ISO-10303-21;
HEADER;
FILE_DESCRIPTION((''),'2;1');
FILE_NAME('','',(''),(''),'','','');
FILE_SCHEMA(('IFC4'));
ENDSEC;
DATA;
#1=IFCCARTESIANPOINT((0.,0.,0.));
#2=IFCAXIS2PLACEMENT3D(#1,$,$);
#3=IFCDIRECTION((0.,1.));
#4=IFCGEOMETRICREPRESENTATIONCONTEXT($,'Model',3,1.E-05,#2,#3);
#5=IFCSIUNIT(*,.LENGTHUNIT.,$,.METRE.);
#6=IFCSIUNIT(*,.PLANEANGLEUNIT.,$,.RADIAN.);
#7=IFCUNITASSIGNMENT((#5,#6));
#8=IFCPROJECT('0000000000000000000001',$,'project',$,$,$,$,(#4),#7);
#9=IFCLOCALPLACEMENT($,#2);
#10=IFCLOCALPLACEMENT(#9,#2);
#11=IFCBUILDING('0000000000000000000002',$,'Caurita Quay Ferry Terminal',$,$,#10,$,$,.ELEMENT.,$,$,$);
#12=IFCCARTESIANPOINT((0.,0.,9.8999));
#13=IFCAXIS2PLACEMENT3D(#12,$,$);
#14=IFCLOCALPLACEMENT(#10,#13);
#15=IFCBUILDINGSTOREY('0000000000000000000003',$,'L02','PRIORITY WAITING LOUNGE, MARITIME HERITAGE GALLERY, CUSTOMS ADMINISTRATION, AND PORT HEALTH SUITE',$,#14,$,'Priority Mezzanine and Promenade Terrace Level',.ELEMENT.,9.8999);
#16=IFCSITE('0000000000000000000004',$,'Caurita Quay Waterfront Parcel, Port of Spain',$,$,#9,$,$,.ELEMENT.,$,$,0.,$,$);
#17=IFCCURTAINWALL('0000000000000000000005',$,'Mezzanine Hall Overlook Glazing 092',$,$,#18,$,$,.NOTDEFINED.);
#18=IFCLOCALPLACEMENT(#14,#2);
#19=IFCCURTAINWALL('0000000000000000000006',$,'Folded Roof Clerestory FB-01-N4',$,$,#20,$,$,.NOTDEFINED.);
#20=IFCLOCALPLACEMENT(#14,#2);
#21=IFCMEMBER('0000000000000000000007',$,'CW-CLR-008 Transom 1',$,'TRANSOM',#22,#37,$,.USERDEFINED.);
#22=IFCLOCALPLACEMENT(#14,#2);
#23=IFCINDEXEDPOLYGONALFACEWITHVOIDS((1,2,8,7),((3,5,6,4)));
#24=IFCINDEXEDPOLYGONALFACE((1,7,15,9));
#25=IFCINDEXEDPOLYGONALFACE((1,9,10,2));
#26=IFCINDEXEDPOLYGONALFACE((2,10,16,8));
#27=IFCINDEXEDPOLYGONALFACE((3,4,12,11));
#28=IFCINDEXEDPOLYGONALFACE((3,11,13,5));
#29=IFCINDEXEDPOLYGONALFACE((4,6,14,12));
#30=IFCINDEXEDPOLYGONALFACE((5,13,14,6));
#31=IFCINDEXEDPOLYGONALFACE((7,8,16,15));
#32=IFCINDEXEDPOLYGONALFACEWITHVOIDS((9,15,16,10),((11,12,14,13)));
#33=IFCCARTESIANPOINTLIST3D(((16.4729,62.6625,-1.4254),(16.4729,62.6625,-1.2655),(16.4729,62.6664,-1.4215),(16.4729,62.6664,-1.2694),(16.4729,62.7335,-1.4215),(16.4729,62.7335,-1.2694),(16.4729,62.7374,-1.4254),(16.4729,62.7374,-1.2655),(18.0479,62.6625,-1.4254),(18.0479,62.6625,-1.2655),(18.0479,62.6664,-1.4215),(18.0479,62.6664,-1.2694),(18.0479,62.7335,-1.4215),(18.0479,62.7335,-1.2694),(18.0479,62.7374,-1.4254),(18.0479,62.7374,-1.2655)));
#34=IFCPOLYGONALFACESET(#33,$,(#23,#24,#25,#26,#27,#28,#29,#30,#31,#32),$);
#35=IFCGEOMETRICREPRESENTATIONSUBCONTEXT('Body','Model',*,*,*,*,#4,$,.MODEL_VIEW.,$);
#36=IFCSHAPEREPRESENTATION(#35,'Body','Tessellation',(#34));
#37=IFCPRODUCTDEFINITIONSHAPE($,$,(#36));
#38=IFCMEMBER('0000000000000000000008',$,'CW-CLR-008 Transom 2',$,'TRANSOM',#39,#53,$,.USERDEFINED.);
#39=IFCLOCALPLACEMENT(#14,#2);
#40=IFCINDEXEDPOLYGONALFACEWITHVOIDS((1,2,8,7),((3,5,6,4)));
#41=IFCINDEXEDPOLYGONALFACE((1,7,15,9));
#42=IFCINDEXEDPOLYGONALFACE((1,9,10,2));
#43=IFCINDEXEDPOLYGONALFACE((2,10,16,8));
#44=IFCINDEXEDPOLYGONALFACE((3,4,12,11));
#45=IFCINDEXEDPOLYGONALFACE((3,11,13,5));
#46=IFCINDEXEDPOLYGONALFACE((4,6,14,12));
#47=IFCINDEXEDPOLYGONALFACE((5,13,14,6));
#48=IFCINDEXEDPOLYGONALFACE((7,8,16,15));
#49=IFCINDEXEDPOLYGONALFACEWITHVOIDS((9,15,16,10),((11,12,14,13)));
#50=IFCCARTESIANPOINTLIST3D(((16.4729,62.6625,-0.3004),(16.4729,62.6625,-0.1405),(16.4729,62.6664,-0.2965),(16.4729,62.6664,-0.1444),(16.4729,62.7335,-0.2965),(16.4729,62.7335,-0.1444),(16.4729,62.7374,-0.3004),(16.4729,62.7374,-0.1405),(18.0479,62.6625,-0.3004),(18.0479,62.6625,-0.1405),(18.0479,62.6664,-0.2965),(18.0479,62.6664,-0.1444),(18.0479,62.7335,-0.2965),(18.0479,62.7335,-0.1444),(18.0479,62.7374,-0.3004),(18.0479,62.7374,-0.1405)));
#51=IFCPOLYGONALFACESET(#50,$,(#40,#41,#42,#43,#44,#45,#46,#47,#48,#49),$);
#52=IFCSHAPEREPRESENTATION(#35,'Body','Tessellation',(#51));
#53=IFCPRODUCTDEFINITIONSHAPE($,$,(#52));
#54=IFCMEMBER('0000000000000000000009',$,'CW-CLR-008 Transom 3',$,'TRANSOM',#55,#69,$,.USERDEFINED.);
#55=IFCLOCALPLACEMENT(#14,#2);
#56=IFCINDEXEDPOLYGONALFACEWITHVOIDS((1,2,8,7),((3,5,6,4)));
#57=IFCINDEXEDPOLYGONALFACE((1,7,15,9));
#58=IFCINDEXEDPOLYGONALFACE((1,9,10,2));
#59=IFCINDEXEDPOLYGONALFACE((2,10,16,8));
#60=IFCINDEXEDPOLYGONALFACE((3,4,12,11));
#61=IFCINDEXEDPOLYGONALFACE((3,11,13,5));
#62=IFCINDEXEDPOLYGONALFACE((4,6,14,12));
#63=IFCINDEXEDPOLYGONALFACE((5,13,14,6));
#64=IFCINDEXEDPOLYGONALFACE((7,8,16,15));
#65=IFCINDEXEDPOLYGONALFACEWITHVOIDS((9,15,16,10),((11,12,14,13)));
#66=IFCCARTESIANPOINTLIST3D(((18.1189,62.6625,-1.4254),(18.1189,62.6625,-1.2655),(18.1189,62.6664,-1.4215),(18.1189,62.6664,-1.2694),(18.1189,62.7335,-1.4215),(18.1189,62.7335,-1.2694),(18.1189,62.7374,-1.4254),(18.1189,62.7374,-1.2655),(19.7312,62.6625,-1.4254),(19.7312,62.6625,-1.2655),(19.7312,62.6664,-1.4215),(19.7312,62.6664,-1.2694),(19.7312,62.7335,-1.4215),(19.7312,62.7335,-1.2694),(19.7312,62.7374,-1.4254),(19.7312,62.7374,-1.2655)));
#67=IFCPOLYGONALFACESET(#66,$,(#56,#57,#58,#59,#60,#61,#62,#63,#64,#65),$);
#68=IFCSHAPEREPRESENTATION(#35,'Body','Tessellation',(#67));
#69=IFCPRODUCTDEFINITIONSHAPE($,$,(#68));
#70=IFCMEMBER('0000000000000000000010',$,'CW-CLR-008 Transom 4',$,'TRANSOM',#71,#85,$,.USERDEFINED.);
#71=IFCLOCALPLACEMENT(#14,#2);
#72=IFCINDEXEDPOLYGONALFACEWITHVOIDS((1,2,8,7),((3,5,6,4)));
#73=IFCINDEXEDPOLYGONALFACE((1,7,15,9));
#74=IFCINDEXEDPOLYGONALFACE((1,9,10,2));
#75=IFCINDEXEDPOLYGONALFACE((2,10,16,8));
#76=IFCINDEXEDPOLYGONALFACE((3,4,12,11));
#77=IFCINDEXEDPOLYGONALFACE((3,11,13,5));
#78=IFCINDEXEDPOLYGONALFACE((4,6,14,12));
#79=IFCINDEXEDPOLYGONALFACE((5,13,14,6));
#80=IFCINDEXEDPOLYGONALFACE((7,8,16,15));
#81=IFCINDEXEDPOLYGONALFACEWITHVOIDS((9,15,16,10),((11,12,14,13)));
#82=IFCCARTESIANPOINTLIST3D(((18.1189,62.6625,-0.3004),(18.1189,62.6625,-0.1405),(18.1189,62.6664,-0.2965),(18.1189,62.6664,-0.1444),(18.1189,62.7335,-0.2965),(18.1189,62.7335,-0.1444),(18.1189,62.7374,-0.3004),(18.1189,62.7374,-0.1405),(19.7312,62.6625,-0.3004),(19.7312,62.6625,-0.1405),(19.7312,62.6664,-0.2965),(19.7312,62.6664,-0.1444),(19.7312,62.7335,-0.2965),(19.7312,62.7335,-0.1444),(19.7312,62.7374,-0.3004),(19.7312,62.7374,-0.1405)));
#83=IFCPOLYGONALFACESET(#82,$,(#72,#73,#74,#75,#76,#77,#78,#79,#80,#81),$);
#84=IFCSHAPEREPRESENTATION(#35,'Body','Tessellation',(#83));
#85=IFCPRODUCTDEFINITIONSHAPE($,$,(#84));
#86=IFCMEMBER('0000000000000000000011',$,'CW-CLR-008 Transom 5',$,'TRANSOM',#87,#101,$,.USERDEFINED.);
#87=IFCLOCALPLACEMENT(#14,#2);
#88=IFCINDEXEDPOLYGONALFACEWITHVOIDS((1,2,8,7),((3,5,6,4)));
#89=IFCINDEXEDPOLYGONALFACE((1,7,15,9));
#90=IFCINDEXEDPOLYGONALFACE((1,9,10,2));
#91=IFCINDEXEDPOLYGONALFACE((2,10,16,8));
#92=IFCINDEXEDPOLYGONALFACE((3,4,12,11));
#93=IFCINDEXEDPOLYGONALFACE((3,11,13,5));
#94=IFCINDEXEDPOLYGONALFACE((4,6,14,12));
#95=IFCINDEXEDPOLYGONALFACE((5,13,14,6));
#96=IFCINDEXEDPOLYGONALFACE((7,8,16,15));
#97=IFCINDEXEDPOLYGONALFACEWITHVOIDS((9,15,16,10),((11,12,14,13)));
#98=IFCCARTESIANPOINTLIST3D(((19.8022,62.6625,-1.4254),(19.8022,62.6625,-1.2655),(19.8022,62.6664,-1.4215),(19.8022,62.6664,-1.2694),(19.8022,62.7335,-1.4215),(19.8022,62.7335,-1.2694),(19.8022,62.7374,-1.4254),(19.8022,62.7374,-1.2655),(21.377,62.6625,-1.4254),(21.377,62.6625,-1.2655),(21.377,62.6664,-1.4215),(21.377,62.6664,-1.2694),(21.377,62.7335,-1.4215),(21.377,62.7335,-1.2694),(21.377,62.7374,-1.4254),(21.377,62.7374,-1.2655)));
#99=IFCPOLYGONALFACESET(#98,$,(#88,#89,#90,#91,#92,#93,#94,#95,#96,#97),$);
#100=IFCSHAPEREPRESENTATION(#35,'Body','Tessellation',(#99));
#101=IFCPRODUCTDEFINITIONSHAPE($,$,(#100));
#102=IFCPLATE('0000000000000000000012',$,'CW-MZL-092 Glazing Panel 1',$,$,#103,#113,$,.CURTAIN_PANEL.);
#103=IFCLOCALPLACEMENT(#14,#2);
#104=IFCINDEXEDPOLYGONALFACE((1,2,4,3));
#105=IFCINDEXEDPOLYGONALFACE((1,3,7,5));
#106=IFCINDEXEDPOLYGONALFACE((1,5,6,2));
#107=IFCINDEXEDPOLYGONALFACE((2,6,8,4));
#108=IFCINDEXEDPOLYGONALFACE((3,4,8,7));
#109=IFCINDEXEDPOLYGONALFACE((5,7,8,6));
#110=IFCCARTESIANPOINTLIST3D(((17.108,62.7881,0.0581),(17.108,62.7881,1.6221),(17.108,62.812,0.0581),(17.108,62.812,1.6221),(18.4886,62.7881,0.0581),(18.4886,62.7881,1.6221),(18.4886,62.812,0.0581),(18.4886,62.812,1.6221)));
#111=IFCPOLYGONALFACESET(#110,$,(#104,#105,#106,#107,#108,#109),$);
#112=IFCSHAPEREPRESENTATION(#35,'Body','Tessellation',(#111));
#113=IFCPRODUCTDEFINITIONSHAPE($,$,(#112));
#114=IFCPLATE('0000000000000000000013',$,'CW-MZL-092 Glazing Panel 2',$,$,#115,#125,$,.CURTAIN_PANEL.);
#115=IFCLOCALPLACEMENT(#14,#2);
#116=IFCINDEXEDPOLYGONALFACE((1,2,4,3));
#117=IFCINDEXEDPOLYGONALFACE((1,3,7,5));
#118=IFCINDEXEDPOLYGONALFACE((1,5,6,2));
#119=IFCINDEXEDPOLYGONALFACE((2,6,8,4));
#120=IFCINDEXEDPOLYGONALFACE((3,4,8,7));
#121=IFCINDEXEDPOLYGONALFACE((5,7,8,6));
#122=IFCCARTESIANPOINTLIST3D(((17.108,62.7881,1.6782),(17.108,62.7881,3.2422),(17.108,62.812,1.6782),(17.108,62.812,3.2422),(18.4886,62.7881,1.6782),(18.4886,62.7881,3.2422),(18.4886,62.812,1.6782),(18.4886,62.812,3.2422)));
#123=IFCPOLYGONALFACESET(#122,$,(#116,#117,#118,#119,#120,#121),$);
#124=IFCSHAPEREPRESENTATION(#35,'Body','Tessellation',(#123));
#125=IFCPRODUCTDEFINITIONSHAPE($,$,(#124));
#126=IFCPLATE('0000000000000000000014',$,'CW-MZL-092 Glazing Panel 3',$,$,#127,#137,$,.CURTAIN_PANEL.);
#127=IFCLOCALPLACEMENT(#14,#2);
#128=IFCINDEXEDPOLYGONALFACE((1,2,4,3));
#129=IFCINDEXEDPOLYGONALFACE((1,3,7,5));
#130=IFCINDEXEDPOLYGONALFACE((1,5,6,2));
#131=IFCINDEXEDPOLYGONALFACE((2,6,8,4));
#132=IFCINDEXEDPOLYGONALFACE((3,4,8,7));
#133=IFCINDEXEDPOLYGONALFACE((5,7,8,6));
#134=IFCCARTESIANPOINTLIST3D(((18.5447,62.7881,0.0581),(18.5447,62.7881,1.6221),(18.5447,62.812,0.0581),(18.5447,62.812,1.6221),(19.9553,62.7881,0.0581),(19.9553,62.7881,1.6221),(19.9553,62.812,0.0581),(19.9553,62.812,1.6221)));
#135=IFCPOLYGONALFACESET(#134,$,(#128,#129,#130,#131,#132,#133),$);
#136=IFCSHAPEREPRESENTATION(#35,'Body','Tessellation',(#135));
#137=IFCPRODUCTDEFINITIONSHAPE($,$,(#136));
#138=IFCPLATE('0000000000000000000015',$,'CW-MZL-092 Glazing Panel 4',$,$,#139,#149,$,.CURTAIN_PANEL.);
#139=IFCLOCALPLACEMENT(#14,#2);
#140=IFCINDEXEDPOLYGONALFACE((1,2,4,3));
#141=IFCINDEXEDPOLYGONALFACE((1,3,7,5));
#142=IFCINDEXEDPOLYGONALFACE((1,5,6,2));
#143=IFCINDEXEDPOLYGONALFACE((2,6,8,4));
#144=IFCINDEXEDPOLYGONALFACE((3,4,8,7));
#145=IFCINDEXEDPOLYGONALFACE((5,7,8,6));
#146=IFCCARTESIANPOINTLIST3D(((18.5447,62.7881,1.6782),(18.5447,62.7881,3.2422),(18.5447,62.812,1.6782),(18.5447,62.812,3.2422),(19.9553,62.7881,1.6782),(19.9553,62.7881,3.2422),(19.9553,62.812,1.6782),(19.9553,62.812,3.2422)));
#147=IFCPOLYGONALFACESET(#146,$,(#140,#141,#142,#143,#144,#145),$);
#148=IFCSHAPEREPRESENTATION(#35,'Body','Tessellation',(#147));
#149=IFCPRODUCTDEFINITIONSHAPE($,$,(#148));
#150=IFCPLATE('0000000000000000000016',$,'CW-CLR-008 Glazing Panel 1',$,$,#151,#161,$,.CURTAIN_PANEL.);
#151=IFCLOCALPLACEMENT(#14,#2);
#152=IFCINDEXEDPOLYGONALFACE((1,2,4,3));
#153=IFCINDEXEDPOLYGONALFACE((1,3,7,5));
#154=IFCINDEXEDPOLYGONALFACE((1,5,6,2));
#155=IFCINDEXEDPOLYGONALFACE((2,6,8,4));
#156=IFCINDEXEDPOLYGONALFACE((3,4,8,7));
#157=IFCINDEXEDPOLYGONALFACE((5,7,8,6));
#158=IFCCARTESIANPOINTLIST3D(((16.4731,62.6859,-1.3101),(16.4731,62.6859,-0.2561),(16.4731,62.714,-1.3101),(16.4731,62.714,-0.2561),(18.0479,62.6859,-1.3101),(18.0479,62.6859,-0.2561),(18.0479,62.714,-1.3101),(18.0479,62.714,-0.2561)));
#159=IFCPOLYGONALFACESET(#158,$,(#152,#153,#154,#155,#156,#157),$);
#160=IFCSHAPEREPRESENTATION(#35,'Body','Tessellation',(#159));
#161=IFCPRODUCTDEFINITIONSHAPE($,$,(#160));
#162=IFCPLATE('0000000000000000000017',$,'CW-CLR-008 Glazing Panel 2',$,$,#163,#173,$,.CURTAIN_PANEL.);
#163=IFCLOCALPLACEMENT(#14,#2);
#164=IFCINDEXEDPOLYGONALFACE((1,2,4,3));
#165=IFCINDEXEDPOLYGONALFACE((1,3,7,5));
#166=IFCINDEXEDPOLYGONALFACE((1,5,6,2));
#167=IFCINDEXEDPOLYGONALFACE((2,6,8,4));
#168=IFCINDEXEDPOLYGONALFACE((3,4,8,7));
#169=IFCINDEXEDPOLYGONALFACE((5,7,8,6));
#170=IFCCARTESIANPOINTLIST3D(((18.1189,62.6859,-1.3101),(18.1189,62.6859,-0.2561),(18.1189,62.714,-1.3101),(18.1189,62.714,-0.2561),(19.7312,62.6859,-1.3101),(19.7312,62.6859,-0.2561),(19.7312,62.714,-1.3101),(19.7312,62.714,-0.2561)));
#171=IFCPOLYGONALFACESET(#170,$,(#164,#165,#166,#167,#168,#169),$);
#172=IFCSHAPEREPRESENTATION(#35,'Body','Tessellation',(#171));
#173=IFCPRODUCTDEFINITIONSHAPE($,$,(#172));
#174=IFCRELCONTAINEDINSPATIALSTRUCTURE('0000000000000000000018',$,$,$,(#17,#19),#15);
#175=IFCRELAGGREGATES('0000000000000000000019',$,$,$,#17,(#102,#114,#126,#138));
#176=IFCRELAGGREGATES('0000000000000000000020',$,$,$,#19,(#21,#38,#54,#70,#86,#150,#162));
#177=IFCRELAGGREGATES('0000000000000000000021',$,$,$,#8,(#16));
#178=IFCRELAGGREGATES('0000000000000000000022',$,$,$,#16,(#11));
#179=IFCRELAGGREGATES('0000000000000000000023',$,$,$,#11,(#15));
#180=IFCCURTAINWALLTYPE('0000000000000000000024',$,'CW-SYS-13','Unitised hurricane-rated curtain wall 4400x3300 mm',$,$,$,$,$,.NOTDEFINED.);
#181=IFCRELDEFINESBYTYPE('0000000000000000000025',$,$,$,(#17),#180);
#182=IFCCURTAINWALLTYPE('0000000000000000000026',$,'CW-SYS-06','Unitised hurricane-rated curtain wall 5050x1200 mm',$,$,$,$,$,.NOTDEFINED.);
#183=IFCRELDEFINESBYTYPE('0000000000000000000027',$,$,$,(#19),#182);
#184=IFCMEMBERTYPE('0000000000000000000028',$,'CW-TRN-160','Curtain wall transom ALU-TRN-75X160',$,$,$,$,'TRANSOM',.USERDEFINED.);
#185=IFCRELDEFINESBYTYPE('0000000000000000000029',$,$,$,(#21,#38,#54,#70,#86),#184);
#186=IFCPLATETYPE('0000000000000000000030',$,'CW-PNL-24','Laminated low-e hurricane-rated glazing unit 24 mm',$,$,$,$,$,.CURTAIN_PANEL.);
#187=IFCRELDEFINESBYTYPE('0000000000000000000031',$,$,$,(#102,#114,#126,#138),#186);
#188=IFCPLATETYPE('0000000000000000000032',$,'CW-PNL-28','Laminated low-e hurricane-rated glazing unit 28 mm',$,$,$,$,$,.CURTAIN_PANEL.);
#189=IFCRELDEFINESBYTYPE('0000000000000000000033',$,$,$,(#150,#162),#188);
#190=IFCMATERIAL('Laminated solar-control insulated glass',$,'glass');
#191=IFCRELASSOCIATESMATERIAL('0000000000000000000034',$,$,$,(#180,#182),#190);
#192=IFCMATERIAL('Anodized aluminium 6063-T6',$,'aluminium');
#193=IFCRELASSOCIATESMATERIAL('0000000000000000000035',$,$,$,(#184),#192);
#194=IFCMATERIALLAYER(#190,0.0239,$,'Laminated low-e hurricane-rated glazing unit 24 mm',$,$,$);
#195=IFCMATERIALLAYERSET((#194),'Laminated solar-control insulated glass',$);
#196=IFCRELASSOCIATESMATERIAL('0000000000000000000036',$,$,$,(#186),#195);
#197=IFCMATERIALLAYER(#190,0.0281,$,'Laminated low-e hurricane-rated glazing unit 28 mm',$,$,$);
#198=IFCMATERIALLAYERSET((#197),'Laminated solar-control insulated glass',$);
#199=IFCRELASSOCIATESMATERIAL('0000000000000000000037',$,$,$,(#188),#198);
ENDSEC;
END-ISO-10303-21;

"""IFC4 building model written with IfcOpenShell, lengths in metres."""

from ifc_helpers import new_model, si_unit, direction, frame, origin, origin_2d, place, context, subcontext, project, spatial, rectangle, hollow_rectangle, extrude, material, layer, layer_set, material_profile, profile_set, type_object, element, aggregate, save


model = new_model("IFC4")

# Units and contexts
model_context = context("Model", 3, precision=1e-05, world=origin(), true_north=direction((0.0, 1.0)))
body_context = subcontext(model_context, "Body", "Model", "MODEL_VIEW")
ifc_project = project(units=[si_unit("LENGTHUNIT", "METRE"), si_unit("PLANEANGLEUNIT", "RADIAN")], contexts=[model_context])

# Site, building, storey
site_placement = place(None, origin())
site = spatial("IfcSite", under=ifc_project, at=site_placement, Name="Caurita Quay Waterfront Parcel, Port of Spain", CompositionType="ELEMENT", RefElevation=0.0)
building_placement = place(site_placement, origin())
building = spatial("IfcBuilding", under=site, at=building_placement, Name="Caurita Quay Ferry Terminal", CompositionType="ELEMENT")
storey_placement = place(building_placement, frame((0.0, 0.0, 9.8999)))
storey = spatial("IfcBuildingStorey", under=building, at=storey_placement, Name="L02", Description="PRIORITY WAITING LOUNGE, MARITIME HERITAGE GALLERY, CUSTOMS ADMINISTRATION, AND PORT HEALTH SUITE", LongName="Priority Mezzanine and Promenade Terrace Level", CompositionType="ELEMENT", Elevation=9.8999)

# Curtain walls
ifc_material_1 = material(Name="Laminated solar-control insulated glass", Category="glass")
curtain_wall_type_1 = type_object("IfcCurtainWallType", Name="CW-SYS-13", Description="Unitised hurricane-rated curtain wall 4400x3300 mm", PredefinedType="NOTDEFINED", material=ifc_material_1)
curtain_wall_1_placement = place(storey_placement, origin())
curtain_wall_1 = element("IfcCurtainWall", 1, at=curtain_wall_1_placement, inside=storey, type_object=curtain_wall_type_1, Name="Mezzanine Hall Overlook Glazing 092", PredefinedType="NOTDEFINED")
ifc_material_2 = material(Name="Anodized aluminium 6063-T6", Category="aluminium")
curtain_wall_type_2 = type_object("IfcCurtainWallType", Name="CW-SYS-06", Description="Unitised hurricane-rated curtain wall 5050x1200 mm", PredefinedType="NOTDEFINED", material=ifc_material_1)
curtain_wall_2_placement = place(storey_placement, origin())
curtain_wall_2 = element("IfcCurtainWall", 2, at=curtain_wall_2_placement, inside=storey, type_object=curtain_wall_type_2, Name="Folded Roof Clerestory FB-01-N4", PredefinedType="NOTDEFINED")

# Members
ifc_material_profile_1 = material_profile(ifc_material_2, hollow_rectangle(XDim=0.075, YDim=0.1599, WallThickness=0.0039, at=origin_2d()), Name="ALU-TRN-75X160")
ifc_profile_set_1 = profile_set([ifc_material_profile_1], Name="Anodized aluminium 6063-T6")
member_type_1 = type_object("IfcMemberType", Name="CW-TRN-160", Description="Curtain wall transom ALU-TRN-75X160", ElementType="TRANSOM", PredefinedType="USERDEFINED", material=ifc_profile_set_1)
member_1_placement = place(storey_placement, frame((16.4729, 62.7, -1.3455), z_axis=(1.0, 0.0, 0.0), x_axis=(0.0, 1.0, 0.0)))
member_1 = element("IfcMember", 3, at=member_1_placement, type_object=member_type_1, Name="CW-CLR-008 Transom 1", ObjectType="TRANSOM", PredefinedType="USERDEFINED", context=body_context, shape_type="SweptSolid", body=[
    extrude(hollow_rectangle(XDim=0.075, YDim=0.1599, WallThickness=0.0039, at=origin_2d()), origin(), (0.0, 0.0, 1.0), 1.575),
])
member_2_placement = place(storey_placement, frame((16.4729, 62.7, -0.2205), z_axis=(1.0, 0.0, 0.0), x_axis=(0.0, 1.0, 0.0)))
member_2 = element("IfcMember", 4, at=member_2_placement, type_object=member_type_1, Name="CW-CLR-008 Transom 2", ObjectType="TRANSOM", PredefinedType="USERDEFINED", context=body_context, shape_type="SweptSolid", body=[
    extrude(hollow_rectangle(XDim=0.075, YDim=0.1599, WallThickness=0.0039, at=origin_2d()), origin(), (0.0, 0.0, 1.0), 1.575),
])
member_3_placement = place(storey_placement, frame((18.1189, 62.7, -1.3455), z_axis=(1.0, 0.0, 0.0), x_axis=(0.0, 1.0, 0.0)))
member_3 = element("IfcMember", 5, at=member_3_placement, type_object=member_type_1, Name="CW-CLR-008 Transom 3", ObjectType="TRANSOM", PredefinedType="USERDEFINED", context=body_context, shape_type="SweptSolid", body=[
    extrude(hollow_rectangle(XDim=0.075, YDim=0.1599, WallThickness=0.0039, at=origin_2d()), origin(), (0.0, 0.0, 1.0), 1.6123),
])
member_4_placement = place(storey_placement, frame((18.1189, 62.7, -0.2205), z_axis=(1.0, 0.0, 0.0), x_axis=(0.0, 1.0, 0.0)))
member_4 = element("IfcMember", 6, at=member_4_placement, type_object=member_type_1, Name="CW-CLR-008 Transom 4", ObjectType="TRANSOM", PredefinedType="USERDEFINED", context=body_context, shape_type="SweptSolid", body=[
    extrude(hollow_rectangle(XDim=0.075, YDim=0.1599, WallThickness=0.0039, at=origin_2d()), origin(), (0.0, 0.0, 1.0), 1.6123),
])
member_5_placement = place(storey_placement, frame((19.8022, 62.7, -1.3455), z_axis=(1.0, 0.0, 0.0), x_axis=(0.0, 1.0, 0.0)))
member_5 = element("IfcMember", 7, at=member_5_placement, type_object=member_type_1, Name="CW-CLR-008 Transom 5", ObjectType="TRANSOM", PredefinedType="USERDEFINED", context=body_context, shape_type="SweptSolid", body=[
    extrude(hollow_rectangle(XDim=0.075, YDim=0.1599, WallThickness=0.0039, at=origin_2d()), origin(), (0.0, 0.0, 1.0), 1.5747),
])

# Plates
ifc_layer_1 = layer(ifc_material_1, 0.0239, Name="Laminated low-e hurricane-rated glazing unit 24 mm")
ifc_layer_set_1 = layer_set([ifc_layer_1], Name="Laminated solar-control insulated glass")
plate_type_1 = type_object("IfcPlateType", Name="CW-PNL-24", Description="Laminated low-e hurricane-rated glazing unit 24 mm", PredefinedType="CURTAIN_PANEL", material=ifc_layer_set_1)
plate_1_placement = place(storey_placement, frame((17.7983, 62.8, 0.0581), z_axis=(0.0, 0.0, 1.0), x_axis=(1.0, 0.0, 0.0)))
plate_1 = element("IfcPlate", 8, at=plate_1_placement, type_object=plate_type_1, Name="CW-MZL-092 Glazing Panel 1", PredefinedType="CURTAIN_PANEL", context=body_context, shape_type="SweptSolid", body=[
    extrude(rectangle(XDim=1.3806, YDim=0.0239, at=origin_2d()), origin(), (0.0, 0.0, 1.0), 1.564),
])
plate_2_placement = place(storey_placement, frame((17.7983, 62.8, 1.6782), z_axis=(0.0, 0.0, 1.0), x_axis=(1.0, 0.0, 0.0)))
plate_2 = element("IfcPlate", 9, at=plate_2_placement, type_object=plate_type_1, Name="CW-MZL-092 Glazing Panel 2", PredefinedType="CURTAIN_PANEL", context=body_context, shape_type="SweptSolid", body=[
    extrude(rectangle(XDim=1.3806, YDim=0.0239, at=origin_2d()), origin(), (0.0, 0.0, 1.0), 1.564),
])
plate_3_placement = place(storey_placement, frame((19.25, 62.8, 0.0581), z_axis=(0.0, 0.0, 1.0), x_axis=(1.0, 0.0, 0.0)))
plate_3 = element("IfcPlate", 10, at=plate_3_placement, type_object=plate_type_1, Name="CW-MZL-092 Glazing Panel 3", PredefinedType="CURTAIN_PANEL", context=body_context, shape_type="SweptSolid", body=[
    extrude(rectangle(XDim=1.4106, YDim=0.0239, at=origin_2d()), origin(), (0.0, 0.0, 1.0), 1.564),
])
plate_4_placement = place(storey_placement, frame((19.25, 62.8, 1.6782), z_axis=(0.0, 0.0, 1.0), x_axis=(1.0, 0.0, 0.0)))
plate_4 = element("IfcPlate", 11, at=plate_4_placement, type_object=plate_type_1, Name="CW-MZL-092 Glazing Panel 4", PredefinedType="CURTAIN_PANEL", context=body_context, shape_type="SweptSolid", body=[
    extrude(rectangle(XDim=1.4106, YDim=0.0239, at=origin_2d()), origin(), (0.0, 0.0, 1.0), 1.564),
])
aggregate(curtain_wall_1, [plate_1, plate_2, plate_3, plate_4])
ifc_layer_2 = layer(ifc_material_1, 0.0281, Name="Laminated low-e hurricane-rated glazing unit 28 mm")
ifc_layer_set_2 = layer_set([ifc_layer_2], Name="Laminated solar-control insulated glass")
plate_type_2 = type_object("IfcPlateType", Name="CW-PNL-28", Description="Laminated low-e hurricane-rated glazing unit 28 mm", PredefinedType="CURTAIN_PANEL", material=ifc_layer_set_2)
plate_5_placement = place(storey_placement, frame((17.2605, 62.7, -1.3101), z_axis=(0.0, 0.0, 1.0), x_axis=(1.0, 0.0, 0.0)))
plate_5 = element("IfcPlate", 12, at=plate_5_placement, type_object=plate_type_2, Name="CW-CLR-008 Glazing Panel 1", PredefinedType="CURTAIN_PANEL", context=body_context, shape_type="SweptSolid", body=[
    extrude(rectangle(XDim=1.5747, YDim=0.0281, at=origin_2d()), origin(), (0.0, 0.0, 1.0), 1.054),
])
plate_6_placement = place(storey_placement, frame((18.925, 62.7, -1.3101), z_axis=(0.0, 0.0, 1.0), x_axis=(1.0, 0.0, 0.0)))
plate_6 = element("IfcPlate", 13, at=plate_6_placement, type_object=plate_type_2, Name="CW-CLR-008 Glazing Panel 2", PredefinedType="CURTAIN_PANEL", context=body_context, shape_type="SweptSolid", body=[
    extrude(rectangle(XDim=1.6123, YDim=0.0281, at=origin_2d()), origin(), (0.0, 0.0, 1.0), 1.054),
])
aggregate(curtain_wall_2, [member_1, member_2, member_3, member_4, member_5, plate_5, plate_6])

save(model, "model.ifc")
